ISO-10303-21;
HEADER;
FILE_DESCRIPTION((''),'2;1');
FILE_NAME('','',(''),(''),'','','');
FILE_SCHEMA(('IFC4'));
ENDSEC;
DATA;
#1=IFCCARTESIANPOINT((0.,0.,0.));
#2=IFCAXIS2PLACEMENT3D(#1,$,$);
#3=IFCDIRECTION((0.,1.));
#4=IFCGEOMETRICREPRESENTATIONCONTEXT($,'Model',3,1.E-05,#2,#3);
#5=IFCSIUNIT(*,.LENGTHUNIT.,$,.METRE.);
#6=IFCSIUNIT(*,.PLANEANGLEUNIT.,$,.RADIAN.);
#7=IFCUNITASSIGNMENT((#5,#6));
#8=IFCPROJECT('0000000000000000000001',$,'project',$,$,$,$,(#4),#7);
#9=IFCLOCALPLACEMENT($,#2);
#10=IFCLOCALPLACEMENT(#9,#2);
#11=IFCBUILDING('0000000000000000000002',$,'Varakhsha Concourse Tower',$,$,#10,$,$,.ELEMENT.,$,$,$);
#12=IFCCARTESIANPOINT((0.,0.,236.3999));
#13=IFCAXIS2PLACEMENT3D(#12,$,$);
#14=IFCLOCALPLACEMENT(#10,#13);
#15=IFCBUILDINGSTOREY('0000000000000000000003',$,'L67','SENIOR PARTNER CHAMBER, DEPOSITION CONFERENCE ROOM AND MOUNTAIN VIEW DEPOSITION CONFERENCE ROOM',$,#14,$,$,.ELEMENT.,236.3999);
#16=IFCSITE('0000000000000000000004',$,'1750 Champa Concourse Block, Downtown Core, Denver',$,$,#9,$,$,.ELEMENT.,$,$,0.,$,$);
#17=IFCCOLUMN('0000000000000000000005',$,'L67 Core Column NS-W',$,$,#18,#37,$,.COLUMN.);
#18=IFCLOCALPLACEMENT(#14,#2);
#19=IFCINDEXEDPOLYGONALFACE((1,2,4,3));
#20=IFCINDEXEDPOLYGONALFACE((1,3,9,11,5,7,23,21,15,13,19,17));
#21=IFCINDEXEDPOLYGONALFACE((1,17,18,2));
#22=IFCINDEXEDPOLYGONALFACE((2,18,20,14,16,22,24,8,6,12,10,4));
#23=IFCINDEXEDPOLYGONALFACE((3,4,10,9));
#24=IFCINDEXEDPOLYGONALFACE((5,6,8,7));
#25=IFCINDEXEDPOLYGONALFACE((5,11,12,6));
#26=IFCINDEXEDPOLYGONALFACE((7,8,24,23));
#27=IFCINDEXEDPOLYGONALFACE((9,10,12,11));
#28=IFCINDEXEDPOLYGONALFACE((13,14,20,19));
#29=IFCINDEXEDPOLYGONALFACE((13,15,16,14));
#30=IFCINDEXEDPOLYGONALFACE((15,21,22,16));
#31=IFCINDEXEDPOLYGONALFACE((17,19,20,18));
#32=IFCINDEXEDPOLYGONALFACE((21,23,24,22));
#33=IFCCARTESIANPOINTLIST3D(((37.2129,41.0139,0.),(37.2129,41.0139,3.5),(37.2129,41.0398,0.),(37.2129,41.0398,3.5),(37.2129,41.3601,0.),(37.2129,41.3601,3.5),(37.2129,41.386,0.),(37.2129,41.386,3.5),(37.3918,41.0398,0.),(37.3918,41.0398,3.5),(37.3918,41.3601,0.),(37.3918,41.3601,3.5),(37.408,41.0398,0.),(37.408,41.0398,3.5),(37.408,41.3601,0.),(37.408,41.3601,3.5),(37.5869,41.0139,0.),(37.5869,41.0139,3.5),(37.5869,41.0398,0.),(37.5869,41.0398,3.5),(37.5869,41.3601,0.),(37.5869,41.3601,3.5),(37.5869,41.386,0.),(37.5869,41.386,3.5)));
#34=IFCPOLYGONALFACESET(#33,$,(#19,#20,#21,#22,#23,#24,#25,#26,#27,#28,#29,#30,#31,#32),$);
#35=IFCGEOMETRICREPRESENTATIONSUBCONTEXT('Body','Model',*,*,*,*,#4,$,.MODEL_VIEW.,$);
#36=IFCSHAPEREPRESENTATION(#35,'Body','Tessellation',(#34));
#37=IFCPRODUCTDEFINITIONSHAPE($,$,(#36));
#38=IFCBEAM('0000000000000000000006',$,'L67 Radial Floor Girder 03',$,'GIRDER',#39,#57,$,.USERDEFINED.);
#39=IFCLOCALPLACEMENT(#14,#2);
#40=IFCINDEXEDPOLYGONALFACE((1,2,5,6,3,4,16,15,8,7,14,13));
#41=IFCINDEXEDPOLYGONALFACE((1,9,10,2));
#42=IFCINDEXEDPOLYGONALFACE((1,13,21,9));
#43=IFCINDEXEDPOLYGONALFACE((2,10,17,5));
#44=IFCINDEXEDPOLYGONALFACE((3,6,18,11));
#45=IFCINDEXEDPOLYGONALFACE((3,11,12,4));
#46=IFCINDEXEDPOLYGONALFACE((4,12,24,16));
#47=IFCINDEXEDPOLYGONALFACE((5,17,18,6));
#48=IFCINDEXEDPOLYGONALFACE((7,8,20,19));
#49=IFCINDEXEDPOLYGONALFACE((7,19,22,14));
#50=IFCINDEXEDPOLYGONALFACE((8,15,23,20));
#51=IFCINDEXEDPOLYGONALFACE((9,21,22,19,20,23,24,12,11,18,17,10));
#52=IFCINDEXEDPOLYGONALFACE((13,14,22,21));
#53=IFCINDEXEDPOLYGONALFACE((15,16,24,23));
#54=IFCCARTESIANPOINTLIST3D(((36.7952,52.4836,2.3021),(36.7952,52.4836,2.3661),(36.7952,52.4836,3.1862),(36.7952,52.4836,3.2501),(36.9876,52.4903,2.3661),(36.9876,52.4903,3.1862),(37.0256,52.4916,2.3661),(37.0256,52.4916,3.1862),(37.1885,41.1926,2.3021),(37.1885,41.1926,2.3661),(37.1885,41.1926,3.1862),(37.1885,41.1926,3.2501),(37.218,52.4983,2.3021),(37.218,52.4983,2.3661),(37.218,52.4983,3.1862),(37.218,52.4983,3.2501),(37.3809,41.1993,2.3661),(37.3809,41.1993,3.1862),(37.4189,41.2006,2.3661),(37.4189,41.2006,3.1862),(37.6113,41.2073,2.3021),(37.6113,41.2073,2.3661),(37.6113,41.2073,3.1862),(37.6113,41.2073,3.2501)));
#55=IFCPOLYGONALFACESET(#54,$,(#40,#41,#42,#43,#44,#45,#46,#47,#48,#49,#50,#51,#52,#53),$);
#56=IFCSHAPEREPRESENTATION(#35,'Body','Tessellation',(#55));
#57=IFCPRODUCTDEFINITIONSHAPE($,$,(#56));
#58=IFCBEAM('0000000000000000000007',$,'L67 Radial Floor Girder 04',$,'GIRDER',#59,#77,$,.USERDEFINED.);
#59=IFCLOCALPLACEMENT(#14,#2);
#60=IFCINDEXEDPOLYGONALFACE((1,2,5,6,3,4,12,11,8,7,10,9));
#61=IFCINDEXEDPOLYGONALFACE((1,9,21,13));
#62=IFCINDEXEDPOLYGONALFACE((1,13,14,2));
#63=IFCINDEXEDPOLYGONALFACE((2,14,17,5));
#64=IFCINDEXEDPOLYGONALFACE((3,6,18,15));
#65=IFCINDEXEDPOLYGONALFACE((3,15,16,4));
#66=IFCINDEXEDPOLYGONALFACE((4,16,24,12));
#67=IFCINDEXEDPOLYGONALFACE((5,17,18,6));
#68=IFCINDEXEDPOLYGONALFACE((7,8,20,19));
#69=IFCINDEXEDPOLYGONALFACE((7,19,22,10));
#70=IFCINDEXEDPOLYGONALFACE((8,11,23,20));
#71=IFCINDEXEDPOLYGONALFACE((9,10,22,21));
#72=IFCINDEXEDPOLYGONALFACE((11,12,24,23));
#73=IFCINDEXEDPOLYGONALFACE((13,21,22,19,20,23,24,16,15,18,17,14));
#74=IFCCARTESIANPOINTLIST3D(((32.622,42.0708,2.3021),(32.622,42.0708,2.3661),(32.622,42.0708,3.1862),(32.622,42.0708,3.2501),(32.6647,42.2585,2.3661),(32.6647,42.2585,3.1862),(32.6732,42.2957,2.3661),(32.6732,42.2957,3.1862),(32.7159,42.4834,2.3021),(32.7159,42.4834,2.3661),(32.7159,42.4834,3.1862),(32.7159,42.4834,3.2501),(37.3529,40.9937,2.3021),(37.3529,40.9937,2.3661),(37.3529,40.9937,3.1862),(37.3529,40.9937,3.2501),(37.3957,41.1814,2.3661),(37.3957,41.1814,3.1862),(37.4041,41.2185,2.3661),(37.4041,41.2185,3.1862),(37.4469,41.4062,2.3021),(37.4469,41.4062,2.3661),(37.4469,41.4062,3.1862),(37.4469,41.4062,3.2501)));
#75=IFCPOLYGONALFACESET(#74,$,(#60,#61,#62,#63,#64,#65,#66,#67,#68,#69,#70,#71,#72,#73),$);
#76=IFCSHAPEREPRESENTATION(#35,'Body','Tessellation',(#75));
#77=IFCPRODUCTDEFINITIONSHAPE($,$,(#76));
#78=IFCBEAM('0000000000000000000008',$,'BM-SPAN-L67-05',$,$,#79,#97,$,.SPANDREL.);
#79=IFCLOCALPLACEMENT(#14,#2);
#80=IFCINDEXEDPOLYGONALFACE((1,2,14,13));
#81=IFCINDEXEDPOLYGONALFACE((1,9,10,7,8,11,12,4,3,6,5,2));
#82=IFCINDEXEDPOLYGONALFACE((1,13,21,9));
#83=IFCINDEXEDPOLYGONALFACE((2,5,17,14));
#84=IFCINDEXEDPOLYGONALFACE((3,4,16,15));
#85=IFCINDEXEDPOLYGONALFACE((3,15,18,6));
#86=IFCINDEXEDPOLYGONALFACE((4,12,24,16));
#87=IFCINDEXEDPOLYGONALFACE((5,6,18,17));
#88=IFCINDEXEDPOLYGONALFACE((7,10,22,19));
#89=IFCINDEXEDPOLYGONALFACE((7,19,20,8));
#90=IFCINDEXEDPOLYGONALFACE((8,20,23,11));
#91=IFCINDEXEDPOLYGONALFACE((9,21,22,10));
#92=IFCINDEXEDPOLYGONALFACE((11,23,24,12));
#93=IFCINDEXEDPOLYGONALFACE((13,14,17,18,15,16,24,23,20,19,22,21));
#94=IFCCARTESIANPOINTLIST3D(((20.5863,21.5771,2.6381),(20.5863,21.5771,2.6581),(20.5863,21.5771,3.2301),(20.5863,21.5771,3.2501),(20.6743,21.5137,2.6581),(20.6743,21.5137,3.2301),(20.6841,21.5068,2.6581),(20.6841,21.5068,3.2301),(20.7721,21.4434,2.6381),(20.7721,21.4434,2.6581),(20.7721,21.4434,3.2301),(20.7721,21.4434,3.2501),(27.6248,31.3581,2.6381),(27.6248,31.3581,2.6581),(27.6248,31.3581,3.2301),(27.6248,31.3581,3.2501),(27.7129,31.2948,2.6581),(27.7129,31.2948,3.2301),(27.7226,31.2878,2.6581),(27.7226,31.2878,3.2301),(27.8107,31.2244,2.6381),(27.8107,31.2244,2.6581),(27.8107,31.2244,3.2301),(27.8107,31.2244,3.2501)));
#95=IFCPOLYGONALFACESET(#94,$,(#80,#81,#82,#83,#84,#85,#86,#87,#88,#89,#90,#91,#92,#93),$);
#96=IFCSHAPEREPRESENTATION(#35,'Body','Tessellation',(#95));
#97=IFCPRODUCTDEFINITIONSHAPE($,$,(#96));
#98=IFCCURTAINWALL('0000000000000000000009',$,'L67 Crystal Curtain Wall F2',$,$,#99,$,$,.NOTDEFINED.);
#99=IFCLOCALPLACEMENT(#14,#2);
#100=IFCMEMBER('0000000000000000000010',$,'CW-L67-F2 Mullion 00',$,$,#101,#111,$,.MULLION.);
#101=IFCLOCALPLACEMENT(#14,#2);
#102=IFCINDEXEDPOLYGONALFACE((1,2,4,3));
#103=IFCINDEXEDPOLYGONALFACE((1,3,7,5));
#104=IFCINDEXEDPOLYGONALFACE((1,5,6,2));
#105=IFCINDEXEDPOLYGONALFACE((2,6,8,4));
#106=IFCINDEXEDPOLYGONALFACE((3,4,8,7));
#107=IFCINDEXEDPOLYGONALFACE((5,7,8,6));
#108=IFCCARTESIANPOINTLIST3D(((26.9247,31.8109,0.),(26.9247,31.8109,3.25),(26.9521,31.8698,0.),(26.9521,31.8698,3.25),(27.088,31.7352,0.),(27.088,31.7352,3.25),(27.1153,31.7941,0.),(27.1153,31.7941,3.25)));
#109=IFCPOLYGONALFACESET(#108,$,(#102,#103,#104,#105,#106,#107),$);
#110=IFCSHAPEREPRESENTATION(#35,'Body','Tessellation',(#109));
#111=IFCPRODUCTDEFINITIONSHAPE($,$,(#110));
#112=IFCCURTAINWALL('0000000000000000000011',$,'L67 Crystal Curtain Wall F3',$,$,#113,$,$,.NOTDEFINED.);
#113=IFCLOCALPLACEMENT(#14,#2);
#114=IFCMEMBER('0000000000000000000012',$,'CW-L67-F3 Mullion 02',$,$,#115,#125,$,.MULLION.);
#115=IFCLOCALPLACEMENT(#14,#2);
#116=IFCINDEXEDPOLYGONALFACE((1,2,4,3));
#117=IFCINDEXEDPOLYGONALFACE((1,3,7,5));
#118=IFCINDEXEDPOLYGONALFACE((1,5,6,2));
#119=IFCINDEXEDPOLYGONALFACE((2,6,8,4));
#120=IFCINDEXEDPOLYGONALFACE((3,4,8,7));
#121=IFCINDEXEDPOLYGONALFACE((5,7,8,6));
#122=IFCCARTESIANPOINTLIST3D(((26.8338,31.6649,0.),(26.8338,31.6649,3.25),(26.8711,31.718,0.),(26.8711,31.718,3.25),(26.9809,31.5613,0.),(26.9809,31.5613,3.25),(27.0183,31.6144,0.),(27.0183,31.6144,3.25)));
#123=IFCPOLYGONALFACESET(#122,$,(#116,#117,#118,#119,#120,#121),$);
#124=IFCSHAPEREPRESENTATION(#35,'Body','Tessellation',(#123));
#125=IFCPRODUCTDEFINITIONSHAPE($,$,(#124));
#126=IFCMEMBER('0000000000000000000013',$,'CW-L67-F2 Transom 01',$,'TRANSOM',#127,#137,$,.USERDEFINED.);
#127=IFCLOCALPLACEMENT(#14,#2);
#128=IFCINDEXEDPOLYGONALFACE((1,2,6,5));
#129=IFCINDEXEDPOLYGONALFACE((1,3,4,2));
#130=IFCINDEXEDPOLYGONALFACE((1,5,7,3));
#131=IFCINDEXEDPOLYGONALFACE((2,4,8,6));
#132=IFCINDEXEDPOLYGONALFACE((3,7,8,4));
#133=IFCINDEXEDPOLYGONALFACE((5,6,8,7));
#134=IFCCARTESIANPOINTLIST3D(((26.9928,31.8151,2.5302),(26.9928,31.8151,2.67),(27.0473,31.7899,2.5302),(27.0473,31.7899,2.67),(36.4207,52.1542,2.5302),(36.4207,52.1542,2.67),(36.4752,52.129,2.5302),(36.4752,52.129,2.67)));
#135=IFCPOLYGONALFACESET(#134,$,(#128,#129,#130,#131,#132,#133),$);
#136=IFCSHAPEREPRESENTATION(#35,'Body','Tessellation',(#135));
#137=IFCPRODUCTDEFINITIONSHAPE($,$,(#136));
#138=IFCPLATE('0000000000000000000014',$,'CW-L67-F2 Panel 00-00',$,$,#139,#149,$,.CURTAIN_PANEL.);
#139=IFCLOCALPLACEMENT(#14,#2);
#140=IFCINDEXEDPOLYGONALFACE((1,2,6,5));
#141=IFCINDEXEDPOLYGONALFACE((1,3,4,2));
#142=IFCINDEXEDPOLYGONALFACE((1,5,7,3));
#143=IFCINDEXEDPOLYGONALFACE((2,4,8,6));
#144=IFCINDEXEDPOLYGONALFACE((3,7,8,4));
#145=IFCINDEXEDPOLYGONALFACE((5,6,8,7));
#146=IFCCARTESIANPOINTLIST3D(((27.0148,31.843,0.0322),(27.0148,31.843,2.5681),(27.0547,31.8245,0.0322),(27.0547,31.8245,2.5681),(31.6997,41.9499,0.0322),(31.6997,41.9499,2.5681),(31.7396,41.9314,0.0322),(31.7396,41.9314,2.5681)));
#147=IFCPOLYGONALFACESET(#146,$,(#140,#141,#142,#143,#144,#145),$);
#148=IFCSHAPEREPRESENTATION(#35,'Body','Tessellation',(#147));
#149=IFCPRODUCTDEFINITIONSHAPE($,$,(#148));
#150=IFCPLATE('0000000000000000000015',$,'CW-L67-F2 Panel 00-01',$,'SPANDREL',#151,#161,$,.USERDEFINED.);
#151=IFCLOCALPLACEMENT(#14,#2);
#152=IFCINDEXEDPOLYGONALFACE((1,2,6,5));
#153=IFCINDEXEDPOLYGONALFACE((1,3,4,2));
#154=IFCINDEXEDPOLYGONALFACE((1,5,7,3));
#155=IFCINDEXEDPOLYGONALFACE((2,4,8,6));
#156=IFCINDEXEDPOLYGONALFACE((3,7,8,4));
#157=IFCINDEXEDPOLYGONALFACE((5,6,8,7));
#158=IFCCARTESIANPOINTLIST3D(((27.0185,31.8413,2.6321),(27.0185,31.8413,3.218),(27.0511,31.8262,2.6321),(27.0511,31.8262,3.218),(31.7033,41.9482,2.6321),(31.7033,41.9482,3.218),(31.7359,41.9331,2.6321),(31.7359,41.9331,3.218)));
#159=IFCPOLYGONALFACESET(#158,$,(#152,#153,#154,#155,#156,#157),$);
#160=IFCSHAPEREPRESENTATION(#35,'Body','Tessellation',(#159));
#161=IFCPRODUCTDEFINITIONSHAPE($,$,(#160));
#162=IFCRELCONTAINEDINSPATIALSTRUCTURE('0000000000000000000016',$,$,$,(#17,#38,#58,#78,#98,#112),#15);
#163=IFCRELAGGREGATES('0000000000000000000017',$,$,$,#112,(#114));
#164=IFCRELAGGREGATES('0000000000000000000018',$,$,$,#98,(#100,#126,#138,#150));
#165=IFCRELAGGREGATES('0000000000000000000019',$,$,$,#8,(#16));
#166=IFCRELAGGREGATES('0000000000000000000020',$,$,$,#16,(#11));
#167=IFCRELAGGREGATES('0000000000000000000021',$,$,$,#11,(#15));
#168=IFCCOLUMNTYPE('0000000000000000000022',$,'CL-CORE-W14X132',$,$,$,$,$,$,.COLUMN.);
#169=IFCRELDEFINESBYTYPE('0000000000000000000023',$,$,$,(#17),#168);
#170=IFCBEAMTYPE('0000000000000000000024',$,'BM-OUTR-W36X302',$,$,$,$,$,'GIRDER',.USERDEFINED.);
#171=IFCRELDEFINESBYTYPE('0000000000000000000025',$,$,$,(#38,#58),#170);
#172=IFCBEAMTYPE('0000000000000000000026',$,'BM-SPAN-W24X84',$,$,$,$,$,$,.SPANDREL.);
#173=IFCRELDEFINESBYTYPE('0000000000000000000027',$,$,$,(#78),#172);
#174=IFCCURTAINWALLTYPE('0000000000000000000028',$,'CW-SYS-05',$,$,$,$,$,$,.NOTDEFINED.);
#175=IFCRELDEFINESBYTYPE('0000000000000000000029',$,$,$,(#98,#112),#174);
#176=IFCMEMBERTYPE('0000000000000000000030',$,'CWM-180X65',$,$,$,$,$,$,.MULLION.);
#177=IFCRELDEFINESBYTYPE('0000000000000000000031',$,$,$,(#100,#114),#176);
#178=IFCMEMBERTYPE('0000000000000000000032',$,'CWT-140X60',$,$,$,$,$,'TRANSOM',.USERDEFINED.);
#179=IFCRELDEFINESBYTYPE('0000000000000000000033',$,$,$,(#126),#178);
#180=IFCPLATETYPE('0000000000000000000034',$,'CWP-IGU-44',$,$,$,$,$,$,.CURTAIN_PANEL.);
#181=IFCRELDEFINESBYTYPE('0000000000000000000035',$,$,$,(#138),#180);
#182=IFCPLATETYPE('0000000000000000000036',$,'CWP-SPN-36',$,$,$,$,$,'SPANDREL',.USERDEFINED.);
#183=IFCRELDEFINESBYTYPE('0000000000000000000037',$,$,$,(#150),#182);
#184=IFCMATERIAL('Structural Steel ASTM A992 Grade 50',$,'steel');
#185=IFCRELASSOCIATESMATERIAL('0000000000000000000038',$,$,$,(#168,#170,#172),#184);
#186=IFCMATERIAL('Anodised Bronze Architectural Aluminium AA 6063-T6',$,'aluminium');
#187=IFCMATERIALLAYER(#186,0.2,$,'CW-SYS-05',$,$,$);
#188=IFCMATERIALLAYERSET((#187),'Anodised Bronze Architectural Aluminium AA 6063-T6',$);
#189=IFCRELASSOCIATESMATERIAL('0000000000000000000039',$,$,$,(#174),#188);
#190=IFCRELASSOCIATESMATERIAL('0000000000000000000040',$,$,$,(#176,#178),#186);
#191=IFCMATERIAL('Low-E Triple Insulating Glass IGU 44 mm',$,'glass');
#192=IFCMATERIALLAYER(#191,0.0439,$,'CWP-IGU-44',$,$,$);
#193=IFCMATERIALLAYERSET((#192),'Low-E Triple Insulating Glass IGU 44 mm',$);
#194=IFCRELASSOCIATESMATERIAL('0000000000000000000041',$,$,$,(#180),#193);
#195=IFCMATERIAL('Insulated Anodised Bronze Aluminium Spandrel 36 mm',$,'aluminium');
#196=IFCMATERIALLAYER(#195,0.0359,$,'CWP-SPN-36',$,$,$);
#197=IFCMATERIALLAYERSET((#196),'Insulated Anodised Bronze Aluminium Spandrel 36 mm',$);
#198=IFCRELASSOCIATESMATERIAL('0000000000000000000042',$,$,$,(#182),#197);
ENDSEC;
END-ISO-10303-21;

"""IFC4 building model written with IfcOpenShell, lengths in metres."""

from ifc_helpers import new_model, si_unit, direction, frame, origin, origin_2d, place, context, subcontext, project, spatial, rectangle, i_section, extrude, source, transform, mapped, material, layer, layer_set, material_profile, profile_set, type_object, type_shapes, element, aggregate, save


model = new_model("IFC4")

# Units and contexts
model_context = context("Model", 3, precision=1e-05, world=origin(), true_north=direction((0.0, 1.0)))
body_context = subcontext(model_context, "Body", "Model", "MODEL_VIEW")
ifc_project = project(units=[si_unit("LENGTHUNIT", "METRE"), si_unit("PLANEANGLEUNIT", "RADIAN")], contexts=[model_context])

# Site, building, storey
site_placement = place(None, origin())
site = spatial("IfcSite", under=ifc_project, at=site_placement, Name="1750 Champa Concourse Block, Downtown Core, Denver", CompositionType="ELEMENT", RefElevation=0.0)
building_placement = place(site_placement, origin())
building = spatial("IfcBuilding", under=site, at=building_placement, Name="Varakhsha Concourse Tower", CompositionType="ELEMENT")
storey_placement = place(building_placement, frame((0.0, 0.0, 236.3999)))
storey = spatial("IfcBuildingStorey", under=building, at=storey_placement, Name="L67", Description="SENIOR PARTNER CHAMBER, DEPOSITION CONFERENCE ROOM AND MOUNTAIN VIEW DEPOSITION CONFERENCE ROOM", CompositionType="ELEMENT", Elevation=236.3999)

# Column
ifc_material_1 = material(Name="Structural Steel ASTM A992 Grade 50", Category="steel")
ifc_material_profile_1 = material_profile(ifc_material_1, i_section(OverallWidth=0.374, OverallDepth=0.3721, WebThickness=0.0161, FlangeThickness=0.0259, at=origin_2d()), Name="W14X132")
ifc_profile_set_1 = profile_set([ifc_material_profile_1], Name="Structural Steel ASTM A992 Grade 50")
column_type = type_object("IfcColumnType", Name="CL-CORE-W14X132", PredefinedType="COLUMN", material=ifc_profile_set_1)
column_placement = place(storey_placement, frame((37.3999, 41.2, 0.0), z_axis=(0.0, 0.0, 1.0), x_axis=(1.0, 0.0, 0.0)))
element("IfcColumn", 1, at=column_placement, inside=storey, type_object=column_type, Name="L67 Core Column NS-W", PredefinedType="COLUMN", context=body_context, shape_type="SweptSolid", body=[
    extrude(i_section(OverallWidth=0.374, OverallDepth=0.3721, WebThickness=0.0161, FlangeThickness=0.0259, at=origin_2d()), origin(), (0.0, 0.0, 1.0), 3.5),
])

# Beams
ifc_material_profile_2 = material_profile(ifc_material_1, i_section(OverallWidth=0.4231, OverallDepth=0.948, WebThickness=0.0381, FlangeThickness=0.064, at=origin_2d()), Name="W36X302")
ifc_profile_set_2 = profile_set([ifc_material_profile_2], Name="Structural Steel ASTM A992 Grade 50")
beam_type_1 = type_object("IfcBeamType", Name="BM-OUTR-W36X302", ElementType="GIRDER", PredefinedType="USERDEFINED", material=ifc_profile_set_2)
beam_1_placement = place(storey_placement, frame((37.3999, 41.2, 2.7761), z_axis=(-0.034813, 0.999394, 0.0), x_axis=(-0.999394, -0.034813, 0.0)))
element("IfcBeam", 2, at=beam_1_placement, inside=storey, type_object=beam_type_1, Name="L67 Radial Floor Girder 03", ObjectType="GIRDER", PredefinedType="USERDEFINED", context=body_context, shape_type="SweptSolid", body=[
    extrude(i_section(OverallWidth=0.4231, OverallDepth=0.948, WebThickness=0.0381, FlangeThickness=0.064, at=origin_2d()), origin(), (0.0, 0.0, 1.0), 11.2979),
])
beam_2_placement = place(storey_placement, frame((37.3999, 41.2, 2.7761), z_axis=(-0.975047, 0.222, 0.0), x_axis=(-0.222, -0.975047, 0.0)))
element("IfcBeam", 3, at=beam_2_placement, inside=storey, type_object=beam_type_1, Name="L67 Radial Floor Girder 04", ObjectType="GIRDER", PredefinedType="USERDEFINED", context=body_context, shape_type="SweptSolid", body=[
    extrude(i_section(OverallWidth=0.4231, OverallDepth=0.948, WebThickness=0.0381, FlangeThickness=0.064, at=origin_2d()), origin(), (0.0, 0.0, 1.0), 4.8521),
])
ifc_material_profile_3 = material_profile(ifc_material_1, i_section(OverallWidth=0.229, OverallDepth=0.6121, WebThickness=0.012, FlangeThickness=0.02, at=origin_2d()), Name="W24X84")
ifc_profile_set_3 = profile_set([ifc_material_profile_3], Name="Structural Steel ASTM A992 Grade 50")
beam_type_2 = type_object("IfcBeamType", Name="BM-SPAN-W24X84", PredefinedType="SPANDREL", material=ifc_profile_set_3)
beam_3_placement = place(storey_placement, frame((27.7178, 31.2913, 2.9441), z_axis=(-0.5841, -0.811682, 0.0), x_axis=(0.811682, -0.5841, 0.0)))
element("IfcBeam", 4, at=beam_3_placement, inside=storey, type_object=beam_type_2, Name="BM-SPAN-L67-05", PredefinedType="SPANDREL", context=body_context, shape_type="SweptSolid", body=[
    extrude(i_section(OverallWidth=0.229, OverallDepth=0.6121, WebThickness=0.012, FlangeThickness=0.02, at=origin_2d()), origin(), (0.0, 0.0, 1.0), 12.0503),
])

# Curtain walls, members
ifc_material_2 = material(Name="Anodised Bronze Architectural Aluminium AA 6063-T6", Category="aluminium")
ifc_layer_1 = layer(ifc_material_2, 0.2, Name="CW-SYS-05")
ifc_layer_set_1 = layer_set([ifc_layer_1], Name="Anodised Bronze Architectural Aluminium AA 6063-T6")
curtain_wall_type = type_object("IfcCurtainWallType", Name="CW-SYS-05", PredefinedType="NOTDEFINED", material=ifc_layer_set_1)
curtain_wall_1_placement = place(storey_placement, origin())
curtain_wall_1 = element("IfcCurtainWall", 5, at=curtain_wall_1_placement, inside=storey, type_object=curtain_wall_type, Name="L67 Crystal Curtain Wall F2", PredefinedType="NOTDEFINED")
ifc_material_profile_4 = material_profile(ifc_material_2, rectangle(XDim=0.0649, YDim=0.1799, at=origin_2d()), Name="CWM-180X65")
ifc_profile_set_4 = profile_set([ifc_material_profile_4], Name="Anodised Bronze Architectural Aluminium AA 6063-T6")
member_type_1 = type_object("IfcMemberType", Name="CWM-180X65", PredefinedType="MULLION", material=ifc_profile_set_4)
shared_shape_1 = source(origin(), body_context, "Body", "SweptSolid", [
    extrude(rectangle(XDim=0.0649, YDim=0.1799, at=origin_2d()), origin(), (0.0, 0.0, 1.0), 3.25),
])
type_shapes(member_type_1, [shared_shape_1])
member_1_placement = place(storey_placement, frame((27.02, 31.8025, 0.0), z_axis=(0.0, 0.0, 1.0), x_axis=(0.420547, 0.907271, 0.0)))
member_1 = element("IfcMember", 6, at=member_1_placement, type_object=member_type_1, Name="CW-L67-F2 Mullion 00", PredefinedType="MULLION", context=body_context, shape_type="MappedRepresentation", body=[
    mapped(shared_shape_1, transform((0.0, 0.0, 0.0), scale=1.0)),
])
curtain_wall_2_placement = place(storey_placement, origin())
curtain_wall_2 = element("IfcCurtainWall", 7, at=curtain_wall_2_placement, inside=storey, type_object=curtain_wall_type, Name="L67 Crystal Curtain Wall F3", PredefinedType="NOTDEFINED")
member_2_placement = place(storey_placement, frame((26.926, 31.6396, 0.0), z_axis=(0.0, 0.0, 1.0), x_axis=(0.575444, 0.817842, 0.0)))
member_2 = element("IfcMember", 8, at=member_2_placement, type_object=member_type_1, Name="CW-L67-F3 Mullion 02", PredefinedType="MULLION", context=body_context, shape_type="MappedRepresentation", body=[
    mapped(shared_shape_1, transform((0.0, 0.0, 0.0), scale=1.0)),
])
aggregate(curtain_wall_2, [member_2])

# Member
ifc_material_profile_5 = material_profile(ifc_material_2, rectangle(XDim=0.0601, YDim=0.1399, at=origin_2d()), Name="CWT-140X60")
ifc_profile_set_5 = profile_set([ifc_material_profile_5], Name="Anodised Bronze Architectural Aluminium AA 6063-T6")
member_type_2 = type_object("IfcMemberType", Name="CWT-140X60", ElementType="TRANSOM", PredefinedType="USERDEFINED", material=ifc_profile_set_5)
shared_shape_2 = source(origin(), body_context, "Body", "SweptSolid", [
    extrude(rectangle(XDim=0.0601, YDim=0.1399, at=origin_2d()), origin(), (0.0, 0.0, 1.0), 22.418),
])
type_shapes(member_type_2, [shared_shape_2])
member_3_placement = place(storey_placement, frame((27.02, 31.8025, 2.6001), z_axis=(0.420554, 0.907267, 0.0), x_axis=(-0.907267, 0.420554, 0.0)))
member_3 = element("IfcMember", 9, at=member_3_placement, type_object=member_type_2, Name="CW-L67-F2 Transom 01", ObjectType="TRANSOM", PredefinedType="USERDEFINED", context=body_context, shape_type="MappedRepresentation", body=[
    mapped(shared_shape_2, transform((0.0, 0.0, 0.0), scale=1.0)),
])

# Plates
ifc_material_3 = material(Name="Low-E Triple Insulating Glass IGU 44 mm", Category="glass")
ifc_layer_2 = layer(ifc_material_3, 0.0439, Name="CWP-IGU-44")
ifc_layer_set_2 = layer_set([ifc_layer_2], Name="Low-E Triple Insulating Glass IGU 44 mm")
plate_type_1 = type_object("IfcPlateType", Name="CWP-IGU-44", PredefinedType="CURTAIN_PANEL", material=ifc_layer_set_2)
shared_shape_3 = source(origin(), body_context, "Body", "SweptSolid", [
    extrude(rectangle(XDim=11.1399, YDim=0.0439, at=origin_2d()), origin(), (0.0, 0.0, 1.0), 2.5359),
])
type_shapes(plate_type_1, [shared_shape_3])
plate_1_placement = place(storey_placement, frame((29.3772, 36.8872, 0.0322), z_axis=(0.0, 0.0, 1.0), x_axis=(0.420547, 0.907271, 0.0)))
plate_1 = element("IfcPlate", 10, at=plate_1_placement, type_object=plate_type_1, Name="CW-L67-F2 Panel 00-00", PredefinedType="CURTAIN_PANEL", context=body_context, shape_type="MappedRepresentation", body=[
    mapped(shared_shape_3, transform((0.0, 0.0, 0.0), scale=1.0)),
])
ifc_material_4 = material(Name="Insulated Anodised Bronze Aluminium Spandrel 36 mm", Category="aluminium")
ifc_layer_3 = layer(ifc_material_4, 0.0359, Name="CWP-SPN-36")
ifc_layer_set_3 = layer_set([ifc_layer_3], Name="Insulated Anodised Bronze Aluminium Spandrel 36 mm")
plate_type_2 = type_object("IfcPlateType", Name="CWP-SPN-36", ElementType="SPANDREL", PredefinedType="USERDEFINED", material=ifc_layer_set_3)
shared_shape_4 = source(origin(), body_context, "Body", "SweptSolid", [
    extrude(rectangle(XDim=11.1399, YDim=0.0359, at=origin_2d()), origin(), (0.0, 0.0, 1.0), 0.5859),
])
type_shapes(plate_type_2, [shared_shape_4])
plate_2_placement = place(storey_placement, frame((29.3772, 36.8872, 2.6321), z_axis=(0.0, 0.0, 1.0), x_axis=(0.420547, 0.907271, 0.0)))
plate_2 = element("IfcPlate", 11, at=plate_2_placement, type_object=plate_type_2, Name="CW-L67-F2 Panel 00-01", ObjectType="SPANDREL", PredefinedType="USERDEFINED", context=body_context, shape_type="MappedRepresentation", body=[
    mapped(shared_shape_4, transform((0.0, 0.0, 0.0), scale=1.0)),
])
aggregate(curtain_wall_1, [member_1, member_3, plate_1, plate_2])

save(model, "model.ifc")
